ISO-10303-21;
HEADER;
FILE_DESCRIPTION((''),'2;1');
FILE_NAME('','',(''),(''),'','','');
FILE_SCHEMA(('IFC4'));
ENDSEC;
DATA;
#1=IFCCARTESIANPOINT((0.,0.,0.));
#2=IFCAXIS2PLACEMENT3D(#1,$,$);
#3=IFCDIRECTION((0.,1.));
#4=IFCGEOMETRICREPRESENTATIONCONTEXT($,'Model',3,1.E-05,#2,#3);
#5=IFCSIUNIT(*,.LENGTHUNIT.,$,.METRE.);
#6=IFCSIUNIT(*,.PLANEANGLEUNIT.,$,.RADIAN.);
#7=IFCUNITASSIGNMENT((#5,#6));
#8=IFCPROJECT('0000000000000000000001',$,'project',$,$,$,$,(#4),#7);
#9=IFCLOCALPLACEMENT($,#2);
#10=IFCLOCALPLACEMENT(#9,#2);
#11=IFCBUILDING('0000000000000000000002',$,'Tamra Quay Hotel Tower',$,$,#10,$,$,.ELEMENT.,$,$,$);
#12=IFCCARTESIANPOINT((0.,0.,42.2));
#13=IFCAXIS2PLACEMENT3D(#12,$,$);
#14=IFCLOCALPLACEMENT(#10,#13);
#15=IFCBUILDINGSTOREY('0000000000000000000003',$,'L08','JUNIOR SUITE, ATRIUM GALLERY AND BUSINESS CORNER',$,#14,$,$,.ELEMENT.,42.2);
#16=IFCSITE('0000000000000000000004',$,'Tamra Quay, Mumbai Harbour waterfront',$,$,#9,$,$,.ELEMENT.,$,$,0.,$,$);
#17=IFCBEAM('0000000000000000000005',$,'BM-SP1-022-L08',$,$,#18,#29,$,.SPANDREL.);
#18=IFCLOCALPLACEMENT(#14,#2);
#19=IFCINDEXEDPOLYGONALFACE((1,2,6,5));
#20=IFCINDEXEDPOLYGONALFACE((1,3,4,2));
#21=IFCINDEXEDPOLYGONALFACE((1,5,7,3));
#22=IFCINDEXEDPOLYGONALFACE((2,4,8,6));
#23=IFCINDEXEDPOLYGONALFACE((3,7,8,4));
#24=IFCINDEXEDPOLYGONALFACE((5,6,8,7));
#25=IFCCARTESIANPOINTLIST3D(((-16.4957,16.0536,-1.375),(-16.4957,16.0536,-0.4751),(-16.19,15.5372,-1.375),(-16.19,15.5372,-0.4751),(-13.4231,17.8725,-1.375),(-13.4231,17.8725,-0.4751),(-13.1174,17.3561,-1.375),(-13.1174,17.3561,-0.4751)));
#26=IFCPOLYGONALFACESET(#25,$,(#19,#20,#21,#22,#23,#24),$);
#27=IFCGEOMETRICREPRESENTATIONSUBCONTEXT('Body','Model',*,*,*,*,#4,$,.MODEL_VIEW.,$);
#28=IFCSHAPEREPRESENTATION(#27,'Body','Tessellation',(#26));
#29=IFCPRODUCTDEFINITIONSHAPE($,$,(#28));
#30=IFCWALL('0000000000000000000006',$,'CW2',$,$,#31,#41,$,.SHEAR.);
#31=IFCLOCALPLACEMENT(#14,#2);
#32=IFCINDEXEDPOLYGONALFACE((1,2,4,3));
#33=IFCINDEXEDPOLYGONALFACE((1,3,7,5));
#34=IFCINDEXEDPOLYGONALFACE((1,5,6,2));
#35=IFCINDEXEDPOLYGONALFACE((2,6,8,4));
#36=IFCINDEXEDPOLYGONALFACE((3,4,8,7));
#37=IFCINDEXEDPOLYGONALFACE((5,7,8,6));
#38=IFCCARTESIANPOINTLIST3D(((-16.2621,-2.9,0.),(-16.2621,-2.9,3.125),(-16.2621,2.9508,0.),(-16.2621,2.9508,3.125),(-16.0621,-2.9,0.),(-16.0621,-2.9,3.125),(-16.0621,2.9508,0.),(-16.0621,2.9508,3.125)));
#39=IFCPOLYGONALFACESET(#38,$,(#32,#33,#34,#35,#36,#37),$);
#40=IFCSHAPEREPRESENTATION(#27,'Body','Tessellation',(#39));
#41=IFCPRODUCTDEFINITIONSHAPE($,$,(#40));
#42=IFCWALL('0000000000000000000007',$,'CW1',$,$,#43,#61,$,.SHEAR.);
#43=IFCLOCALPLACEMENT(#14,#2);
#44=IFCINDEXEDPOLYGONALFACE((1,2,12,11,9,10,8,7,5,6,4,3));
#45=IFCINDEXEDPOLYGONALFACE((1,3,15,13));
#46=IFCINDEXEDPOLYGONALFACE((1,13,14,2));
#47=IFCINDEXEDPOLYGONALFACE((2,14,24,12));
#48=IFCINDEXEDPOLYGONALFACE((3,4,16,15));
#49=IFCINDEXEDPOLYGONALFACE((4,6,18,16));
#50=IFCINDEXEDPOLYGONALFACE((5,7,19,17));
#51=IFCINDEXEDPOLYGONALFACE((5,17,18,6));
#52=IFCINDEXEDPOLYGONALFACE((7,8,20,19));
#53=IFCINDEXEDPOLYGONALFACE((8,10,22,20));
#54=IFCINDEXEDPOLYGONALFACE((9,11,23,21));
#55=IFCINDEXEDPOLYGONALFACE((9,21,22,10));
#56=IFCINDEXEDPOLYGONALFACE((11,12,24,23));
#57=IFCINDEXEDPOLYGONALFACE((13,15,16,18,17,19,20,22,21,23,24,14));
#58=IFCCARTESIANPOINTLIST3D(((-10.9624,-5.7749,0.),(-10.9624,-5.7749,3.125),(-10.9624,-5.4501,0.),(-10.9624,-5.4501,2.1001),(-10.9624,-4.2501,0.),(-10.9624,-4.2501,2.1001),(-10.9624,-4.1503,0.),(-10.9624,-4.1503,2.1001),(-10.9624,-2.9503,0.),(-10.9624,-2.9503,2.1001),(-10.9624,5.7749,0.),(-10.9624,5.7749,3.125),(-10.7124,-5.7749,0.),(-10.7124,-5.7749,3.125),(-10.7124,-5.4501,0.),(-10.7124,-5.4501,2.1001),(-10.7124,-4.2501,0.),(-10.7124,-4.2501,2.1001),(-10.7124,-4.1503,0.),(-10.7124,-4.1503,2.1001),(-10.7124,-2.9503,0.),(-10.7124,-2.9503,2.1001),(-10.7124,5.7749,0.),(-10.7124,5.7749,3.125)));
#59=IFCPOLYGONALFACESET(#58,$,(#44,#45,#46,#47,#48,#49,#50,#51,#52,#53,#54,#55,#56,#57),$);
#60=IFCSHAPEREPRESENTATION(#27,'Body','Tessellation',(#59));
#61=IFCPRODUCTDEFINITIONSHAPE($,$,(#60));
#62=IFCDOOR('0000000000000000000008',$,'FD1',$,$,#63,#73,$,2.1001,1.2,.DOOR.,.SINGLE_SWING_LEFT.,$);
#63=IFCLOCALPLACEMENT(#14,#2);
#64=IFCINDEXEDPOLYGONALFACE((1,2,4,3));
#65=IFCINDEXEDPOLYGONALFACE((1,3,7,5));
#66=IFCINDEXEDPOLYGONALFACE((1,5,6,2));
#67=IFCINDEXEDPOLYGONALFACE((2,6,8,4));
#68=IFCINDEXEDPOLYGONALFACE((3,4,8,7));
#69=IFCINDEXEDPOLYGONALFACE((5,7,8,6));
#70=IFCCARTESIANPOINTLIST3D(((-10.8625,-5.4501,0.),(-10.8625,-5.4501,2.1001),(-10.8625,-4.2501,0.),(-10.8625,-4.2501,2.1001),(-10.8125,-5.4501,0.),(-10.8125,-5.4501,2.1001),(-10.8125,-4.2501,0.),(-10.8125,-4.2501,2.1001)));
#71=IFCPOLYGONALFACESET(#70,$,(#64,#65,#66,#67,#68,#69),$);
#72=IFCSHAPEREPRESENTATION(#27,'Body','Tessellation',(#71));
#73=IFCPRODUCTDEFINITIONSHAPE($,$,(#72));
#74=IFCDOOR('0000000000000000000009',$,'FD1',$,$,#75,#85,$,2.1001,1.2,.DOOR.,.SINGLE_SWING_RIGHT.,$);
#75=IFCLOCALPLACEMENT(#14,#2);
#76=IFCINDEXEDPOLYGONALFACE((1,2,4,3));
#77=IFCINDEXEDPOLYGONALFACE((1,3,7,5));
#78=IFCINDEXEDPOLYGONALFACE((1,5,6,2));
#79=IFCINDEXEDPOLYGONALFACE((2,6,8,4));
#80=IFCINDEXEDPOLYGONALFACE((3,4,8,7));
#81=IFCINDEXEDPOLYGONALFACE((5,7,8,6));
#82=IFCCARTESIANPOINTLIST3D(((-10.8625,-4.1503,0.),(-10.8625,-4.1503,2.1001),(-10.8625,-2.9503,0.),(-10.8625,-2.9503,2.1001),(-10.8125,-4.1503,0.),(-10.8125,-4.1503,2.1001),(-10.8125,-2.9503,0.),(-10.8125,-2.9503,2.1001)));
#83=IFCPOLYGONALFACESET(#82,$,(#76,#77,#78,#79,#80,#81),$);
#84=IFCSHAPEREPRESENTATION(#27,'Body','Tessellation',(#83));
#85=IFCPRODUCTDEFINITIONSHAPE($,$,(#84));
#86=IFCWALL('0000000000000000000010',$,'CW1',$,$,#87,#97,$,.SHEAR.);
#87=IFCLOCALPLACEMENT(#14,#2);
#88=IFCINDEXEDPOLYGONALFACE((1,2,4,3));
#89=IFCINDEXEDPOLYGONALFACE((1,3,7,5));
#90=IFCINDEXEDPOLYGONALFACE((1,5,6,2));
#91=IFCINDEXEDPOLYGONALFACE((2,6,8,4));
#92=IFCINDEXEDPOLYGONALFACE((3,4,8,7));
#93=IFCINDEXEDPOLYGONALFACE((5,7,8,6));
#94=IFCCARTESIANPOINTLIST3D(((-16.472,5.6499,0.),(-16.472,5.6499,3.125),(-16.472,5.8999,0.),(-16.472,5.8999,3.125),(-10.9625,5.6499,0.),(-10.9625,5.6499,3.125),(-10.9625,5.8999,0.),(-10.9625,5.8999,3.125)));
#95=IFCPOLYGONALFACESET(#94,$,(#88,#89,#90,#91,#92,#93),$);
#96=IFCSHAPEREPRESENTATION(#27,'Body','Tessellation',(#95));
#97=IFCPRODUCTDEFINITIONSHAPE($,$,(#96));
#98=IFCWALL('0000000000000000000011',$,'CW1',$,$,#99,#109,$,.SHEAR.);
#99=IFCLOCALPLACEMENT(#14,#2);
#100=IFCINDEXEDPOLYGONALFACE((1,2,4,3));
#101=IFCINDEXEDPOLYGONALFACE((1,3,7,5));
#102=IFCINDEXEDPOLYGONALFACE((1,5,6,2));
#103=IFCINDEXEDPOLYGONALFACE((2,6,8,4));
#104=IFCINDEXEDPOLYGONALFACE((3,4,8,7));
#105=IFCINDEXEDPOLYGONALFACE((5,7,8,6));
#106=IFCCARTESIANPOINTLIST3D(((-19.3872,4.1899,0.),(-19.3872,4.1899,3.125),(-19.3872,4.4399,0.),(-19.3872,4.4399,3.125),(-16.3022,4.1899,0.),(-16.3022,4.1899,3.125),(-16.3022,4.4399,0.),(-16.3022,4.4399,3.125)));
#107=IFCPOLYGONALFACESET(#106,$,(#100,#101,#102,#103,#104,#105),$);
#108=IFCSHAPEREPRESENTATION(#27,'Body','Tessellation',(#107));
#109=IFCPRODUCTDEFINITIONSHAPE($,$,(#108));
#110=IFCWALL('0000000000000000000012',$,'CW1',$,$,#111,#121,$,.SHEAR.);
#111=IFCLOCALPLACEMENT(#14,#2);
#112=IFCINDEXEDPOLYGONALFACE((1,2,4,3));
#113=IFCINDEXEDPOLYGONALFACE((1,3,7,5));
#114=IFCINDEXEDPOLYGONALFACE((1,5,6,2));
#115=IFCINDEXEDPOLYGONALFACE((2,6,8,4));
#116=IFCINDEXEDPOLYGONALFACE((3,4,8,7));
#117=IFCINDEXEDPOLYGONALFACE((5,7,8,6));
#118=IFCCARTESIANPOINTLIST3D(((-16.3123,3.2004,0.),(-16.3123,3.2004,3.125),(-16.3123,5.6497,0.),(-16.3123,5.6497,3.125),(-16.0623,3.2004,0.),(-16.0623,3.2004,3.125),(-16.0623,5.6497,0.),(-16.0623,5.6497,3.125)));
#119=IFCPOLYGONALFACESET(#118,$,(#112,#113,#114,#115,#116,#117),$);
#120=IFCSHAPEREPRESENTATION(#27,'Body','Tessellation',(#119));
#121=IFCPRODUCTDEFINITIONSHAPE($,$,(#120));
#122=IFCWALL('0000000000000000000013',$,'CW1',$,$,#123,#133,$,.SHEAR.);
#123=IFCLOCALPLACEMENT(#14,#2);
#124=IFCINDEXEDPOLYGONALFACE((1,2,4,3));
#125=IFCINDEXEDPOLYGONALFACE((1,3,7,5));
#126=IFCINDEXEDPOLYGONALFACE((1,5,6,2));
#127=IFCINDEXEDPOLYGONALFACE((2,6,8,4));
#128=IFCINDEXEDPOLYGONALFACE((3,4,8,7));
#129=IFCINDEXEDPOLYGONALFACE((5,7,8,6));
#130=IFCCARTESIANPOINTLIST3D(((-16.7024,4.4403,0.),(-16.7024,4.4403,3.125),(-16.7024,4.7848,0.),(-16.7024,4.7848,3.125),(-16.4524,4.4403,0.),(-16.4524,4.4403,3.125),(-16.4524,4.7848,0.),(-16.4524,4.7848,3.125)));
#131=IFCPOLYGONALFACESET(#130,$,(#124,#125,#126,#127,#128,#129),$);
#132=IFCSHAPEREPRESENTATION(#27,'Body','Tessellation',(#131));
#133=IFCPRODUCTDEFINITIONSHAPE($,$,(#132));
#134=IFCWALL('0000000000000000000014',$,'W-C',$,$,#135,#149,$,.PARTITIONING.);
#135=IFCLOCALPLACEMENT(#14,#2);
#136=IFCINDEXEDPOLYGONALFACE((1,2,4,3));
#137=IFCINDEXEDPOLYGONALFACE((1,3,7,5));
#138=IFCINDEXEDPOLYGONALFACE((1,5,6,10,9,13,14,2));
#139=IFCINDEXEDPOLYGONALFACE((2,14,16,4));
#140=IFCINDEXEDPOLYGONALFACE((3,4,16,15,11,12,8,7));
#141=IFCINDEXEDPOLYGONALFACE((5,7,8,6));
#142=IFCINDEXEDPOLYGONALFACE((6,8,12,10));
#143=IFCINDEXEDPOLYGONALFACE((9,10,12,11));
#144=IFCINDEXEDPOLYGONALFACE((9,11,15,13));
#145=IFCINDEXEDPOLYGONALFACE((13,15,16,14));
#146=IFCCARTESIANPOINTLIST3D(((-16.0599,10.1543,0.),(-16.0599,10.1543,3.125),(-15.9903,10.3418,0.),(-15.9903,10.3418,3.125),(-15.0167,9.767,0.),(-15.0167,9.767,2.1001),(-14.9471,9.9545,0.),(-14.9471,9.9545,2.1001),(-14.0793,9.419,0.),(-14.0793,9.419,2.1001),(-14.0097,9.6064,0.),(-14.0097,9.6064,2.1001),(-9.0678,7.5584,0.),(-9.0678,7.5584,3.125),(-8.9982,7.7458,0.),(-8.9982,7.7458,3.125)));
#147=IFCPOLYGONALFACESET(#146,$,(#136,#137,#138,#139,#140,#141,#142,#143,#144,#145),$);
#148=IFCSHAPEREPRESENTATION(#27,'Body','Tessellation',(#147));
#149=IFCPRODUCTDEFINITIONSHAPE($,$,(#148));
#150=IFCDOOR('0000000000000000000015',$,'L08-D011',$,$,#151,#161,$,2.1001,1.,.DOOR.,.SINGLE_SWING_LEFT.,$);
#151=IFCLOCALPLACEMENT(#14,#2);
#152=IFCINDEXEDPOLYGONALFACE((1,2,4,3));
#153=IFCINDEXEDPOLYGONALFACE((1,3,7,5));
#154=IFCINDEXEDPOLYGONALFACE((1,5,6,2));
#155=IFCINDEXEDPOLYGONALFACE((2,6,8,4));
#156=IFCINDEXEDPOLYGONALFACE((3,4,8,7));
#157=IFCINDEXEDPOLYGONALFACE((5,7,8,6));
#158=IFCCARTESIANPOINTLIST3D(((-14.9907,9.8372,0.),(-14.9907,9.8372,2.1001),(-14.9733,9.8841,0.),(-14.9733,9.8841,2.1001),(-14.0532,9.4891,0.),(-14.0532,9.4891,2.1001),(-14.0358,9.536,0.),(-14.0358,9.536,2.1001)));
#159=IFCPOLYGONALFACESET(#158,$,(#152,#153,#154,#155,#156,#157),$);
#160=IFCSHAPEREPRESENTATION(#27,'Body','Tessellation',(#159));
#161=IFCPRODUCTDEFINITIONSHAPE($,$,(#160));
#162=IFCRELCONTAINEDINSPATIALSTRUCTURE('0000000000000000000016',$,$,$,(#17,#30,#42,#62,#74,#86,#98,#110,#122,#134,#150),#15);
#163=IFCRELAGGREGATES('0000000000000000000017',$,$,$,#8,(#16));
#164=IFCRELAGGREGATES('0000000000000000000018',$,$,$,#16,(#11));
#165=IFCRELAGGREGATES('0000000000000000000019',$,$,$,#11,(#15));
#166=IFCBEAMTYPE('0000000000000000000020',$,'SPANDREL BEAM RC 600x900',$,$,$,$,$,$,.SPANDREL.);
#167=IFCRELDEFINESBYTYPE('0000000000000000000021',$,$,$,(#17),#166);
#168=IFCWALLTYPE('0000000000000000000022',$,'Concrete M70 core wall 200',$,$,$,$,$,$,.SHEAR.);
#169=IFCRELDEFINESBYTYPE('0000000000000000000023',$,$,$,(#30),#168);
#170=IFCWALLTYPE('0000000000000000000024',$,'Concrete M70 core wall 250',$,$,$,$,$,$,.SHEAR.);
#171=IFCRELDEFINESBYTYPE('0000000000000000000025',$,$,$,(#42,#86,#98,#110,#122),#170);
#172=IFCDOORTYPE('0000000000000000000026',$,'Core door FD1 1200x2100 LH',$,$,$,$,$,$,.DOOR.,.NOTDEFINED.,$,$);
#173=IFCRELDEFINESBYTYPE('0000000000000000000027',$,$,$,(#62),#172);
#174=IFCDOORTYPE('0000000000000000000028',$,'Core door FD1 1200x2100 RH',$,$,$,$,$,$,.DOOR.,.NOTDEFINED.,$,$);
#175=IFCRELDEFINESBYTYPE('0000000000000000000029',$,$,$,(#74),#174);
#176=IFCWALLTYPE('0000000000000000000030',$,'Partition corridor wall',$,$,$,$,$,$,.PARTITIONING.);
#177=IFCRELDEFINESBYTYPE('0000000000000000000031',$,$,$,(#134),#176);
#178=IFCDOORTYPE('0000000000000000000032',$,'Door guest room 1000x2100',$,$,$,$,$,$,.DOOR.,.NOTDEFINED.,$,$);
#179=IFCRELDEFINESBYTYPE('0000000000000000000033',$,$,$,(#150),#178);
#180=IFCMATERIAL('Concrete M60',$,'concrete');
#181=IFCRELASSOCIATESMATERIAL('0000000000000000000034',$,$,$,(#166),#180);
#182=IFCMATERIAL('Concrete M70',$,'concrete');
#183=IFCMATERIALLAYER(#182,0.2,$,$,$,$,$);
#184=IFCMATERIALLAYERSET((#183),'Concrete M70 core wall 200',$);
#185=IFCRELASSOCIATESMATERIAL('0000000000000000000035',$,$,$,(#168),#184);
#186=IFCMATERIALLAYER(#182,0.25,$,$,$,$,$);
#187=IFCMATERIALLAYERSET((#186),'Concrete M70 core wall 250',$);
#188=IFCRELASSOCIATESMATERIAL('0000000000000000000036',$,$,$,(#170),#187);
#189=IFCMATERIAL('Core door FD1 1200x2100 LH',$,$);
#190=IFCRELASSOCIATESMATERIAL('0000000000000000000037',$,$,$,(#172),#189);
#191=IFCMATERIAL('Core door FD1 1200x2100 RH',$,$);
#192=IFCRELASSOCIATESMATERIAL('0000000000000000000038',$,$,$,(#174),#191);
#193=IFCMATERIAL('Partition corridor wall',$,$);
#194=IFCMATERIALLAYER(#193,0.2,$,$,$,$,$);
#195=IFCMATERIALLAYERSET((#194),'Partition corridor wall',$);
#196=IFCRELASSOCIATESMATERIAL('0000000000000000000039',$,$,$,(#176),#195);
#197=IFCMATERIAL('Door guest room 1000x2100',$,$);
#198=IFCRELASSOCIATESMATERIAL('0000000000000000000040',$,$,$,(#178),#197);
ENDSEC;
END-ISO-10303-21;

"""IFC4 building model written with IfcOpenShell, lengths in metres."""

from ifc_helpers import new_model, si_unit, direction, frame, frame_2d, origin, origin_2d, place, context, subcontext, project, spatial, rectangle, extrude, material, layer, layer_set, material_profile, profile_set, type_object, element, fill, save


model = new_model("IFC4")

# Units and contexts
model_context = context("Model", 3, precision=1e-05, world=origin(), true_north=direction((0.0, 1.0)))
body_context = subcontext(model_context, "Body", "Model", "MODEL_VIEW")
ifc_project = project(units=[si_unit("LENGTHUNIT", "METRE"), si_unit("PLANEANGLEUNIT", "RADIAN")], contexts=[model_context])

# Site, building, storey
site_placement = place(None, origin())
site = spatial("IfcSite", under=ifc_project, at=site_placement, Name="Tamra Quay, Mumbai Harbour waterfront", CompositionType="ELEMENT", RefElevation=0.0)
building_placement = place(site_placement, origin())
building = spatial("IfcBuilding", under=site, at=building_placement, Name="Tamra Quay Hotel Tower", CompositionType="ELEMENT")
storey_placement = place(building_placement, frame((0.0, 0.0, 42.2)))
storey = spatial("IfcBuildingStorey", under=building, at=storey_placement, Name="L08", Description="JUNIOR SUITE, ATRIUM GALLERY AND BUSINESS CORNER", CompositionType="ELEMENT", Elevation=42.2)

# Beam
ifc_material_1 = material(Name="Concrete M60", Category="concrete")
ifc_material_profile = material_profile(ifc_material_1, rectangle(XDim=0.6001, YDim=0.8999, at=origin_2d()), Name="SPANDREL BEAM RC 600x900")
ifc_profile_set = profile_set([ifc_material_profile], Name="Concrete M60")
beam_type = type_object("IfcBeamType", Name="SPANDREL BEAM RC 600x900", PredefinedType="SPANDREL", material=ifc_profile_set)
beam_placement = place(storey_placement, frame((-13.2703, 17.6143, -0.925), z_axis=(-0.860525, -0.509409, 0.0), x_axis=(0.509409, -0.860525, 0.0)))
element("IfcBeam", 1, at=beam_placement, inside=storey, type_object=beam_type, Name="BM-SP1-022-L08", PredefinedType="SPANDREL", context=body_context, shape_type="SweptSolid", body=[
    extrude(rectangle(XDim=0.6001, YDim=0.8999, at=origin_2d()), origin(), (0.0, 0.0, 1.0), 3.5706),
])

# Wall
ifc_material_2 = material(Name="Concrete M70", Category="concrete")
ifc_layer_1 = layer(ifc_material_2, 0.2)
ifc_layer_set_1 = layer_set([ifc_layer_1], Name="Concrete M70 core wall 200")
wall_type_1 = type_object("IfcWallType", Name="Concrete M70 core wall 200", PredefinedType="SHEAR", material=ifc_layer_set_1)
wall_1_placement = place(storey_placement, frame((-16.1621, 2.9507, 0.0), z_axis=(0.0, 0.0, 1.0), x_axis=(0.0, -1.0, 0.0)))
element("IfcWall", 2, at=wall_1_placement, inside=storey, type_object=wall_type_1, Name="CW2", PredefinedType="SHEAR", context=body_context, shape_type="SweptSolid", body=[
    extrude(rectangle(XDim=5.8508, YDim=0.2, at=frame_2d((2.9253, 0.0))), origin(), (0.0, 0.0, 1.0), 3.125),
])

# Wall, openings, doors
ifc_layer_2 = layer(ifc_material_2, 0.25)
ifc_layer_set_2 = layer_set([ifc_layer_2], Name="Concrete M70 core wall 250")
wall_type_2 = type_object("IfcWallType", Name="Concrete M70 core wall 250", PredefinedType="SHEAR", material=ifc_layer_set_2)
wall_2_placement = place(storey_placement, frame((-10.8374, 5.7749, 0.0), z_axis=(0.0, 0.0, 1.0), x_axis=(0.0, -1.0, 0.0)))
wall_2 = element("IfcWall", 3, at=wall_2_placement, inside=storey, type_object=wall_type_2, Name="CW1", PredefinedType="SHEAR", context=body_context, shape_type="SweptSolid", body=[
    extrude(rectangle(XDim=11.5498, YDim=0.25, at=frame_2d((5.7749, 0.0))), origin(), (0.0, 0.0, 1.0), 3.125),
])
opening_1_placement = place(wall_2_placement, frame((10.0249, 0.0, 0.0)))
opening_1 = element("IfcOpeningElement", 4, at=opening_1_placement, cuts=wall_2, PredefinedType="OPENING", context=body_context, shape_type="SweptSolid", body=[
    extrude(rectangle(XDim=1.2, YDim=2.1001, at=frame_2d((0.6001, 1.05))), frame((0.0, 0.135, 0.0), z_axis=(0.0, -1.0, 0.0), x_axis=(1.0, 0.0, 0.0)), (0.0, 0.0, 1.0), 0.27),
])
opening_2_placement = place(wall_2_placement, frame((8.7251, 0.0, 0.0)))
opening_2 = element("IfcOpeningElement", 5, at=opening_2_placement, cuts=wall_2, PredefinedType="OPENING", context=body_context, shape_type="SweptSolid", body=[
    extrude(rectangle(XDim=1.2, YDim=2.1001, at=frame_2d((0.6001, 1.05))), frame((0.0, 0.135, 0.0), z_axis=(0.0, -1.0, 0.0), x_axis=(1.0, 0.0, 0.0)), (0.0, 0.0, 1.0), 0.27),
])
ifc_material_3 = material(Name="Core door FD1 1200x2100 LH")
door_type_1 = type_object("IfcDoorType", Name="Core door FD1 1200x2100 LH", OperationType="NOTDEFINED", PredefinedType="DOOR", material=ifc_material_3)
door_1_placement = place(opening_1_placement, origin())
door_1 = element("IfcDoor", 6, at=door_1_placement, inside=storey, type_object=door_type_1, Name="FD1", OperationType="SINGLE_SWING_LEFT", OverallHeight=2.1001, OverallWidth=1.2, PredefinedType="DOOR", context=body_context, shape_type="SweptSolid", body=[
    extrude(rectangle(XDim=1.2, YDim=2.1001, at=frame_2d((0.6001, 1.05))), frame((0.0, 0.0249, 0.0), z_axis=(0.0, -1.0, 0.0), x_axis=(1.0, 0.0, 0.0)), (0.0, 0.0, 1.0), 0.05),
])
fill(opening_1, door_1)
ifc_material_4 = material(Name="Core door FD1 1200x2100 RH")
door_type_2 = type_object("IfcDoorType", Name="Core door FD1 1200x2100 RH", OperationType="NOTDEFINED", PredefinedType="DOOR", material=ifc_material_4)
door_2_placement = place(opening_2_placement, origin())
door_2 = element("IfcDoor", 7, at=door_2_placement, inside=storey, type_object=door_type_2, Name="FD1", OperationType="SINGLE_SWING_RIGHT", OverallHeight=2.1001, OverallWidth=1.2, PredefinedType="DOOR", context=body_context, shape_type="SweptSolid", body=[
    extrude(rectangle(XDim=1.2, YDim=2.1001, at=frame_2d((0.6001, 1.05))), frame((0.0, 0.0249, 0.0), z_axis=(0.0, -1.0, 0.0), x_axis=(1.0, 0.0, 0.0)), (0.0, 0.0, 1.0), 0.05),
])
fill(opening_2, door_2)

# Walls
wall_3_placement = place(storey_placement, frame((-16.4722, 5.7749, 0.0), z_axis=(0.0, 0.0, 1.0), x_axis=(1.0, 0.0, 0.0)))
element("IfcWall", 8, at=wall_3_placement, inside=storey, type_object=wall_type_2, Name="CW1", PredefinedType="SHEAR", context=body_context, shape_type="SweptSolid", body=[
    extrude(rectangle(XDim=5.5095, YDim=0.25, at=frame_2d((2.7549, 0.0))), origin(), (0.0, 0.0, 1.0), 3.125),
])
wall_4_placement = place(storey_placement, frame((-16.3022, 4.3149, 0.0), z_axis=(0.0, 0.0, 1.0), x_axis=(-1.0, 0.0, 0.0)))
element("IfcWall", 9, at=wall_4_placement, inside=storey, type_object=wall_type_2, Name="CW1", PredefinedType="SHEAR", context=body_context, shape_type="SweptSolid", body=[
    extrude(rectangle(XDim=3.085, YDim=0.25, at=frame_2d((1.5425, 0.0))), origin(), (0.0, 0.0, 1.0), 3.125),
])
wall_5_placement = place(storey_placement, frame((-16.1873, 3.2004, 0.0), z_axis=(0.0, 0.0, 1.0), x_axis=(0.0, 1.0, 0.0)))
element("IfcWall", 10, at=wall_5_placement, inside=storey, type_object=wall_type_2, Name="CW1", PredefinedType="SHEAR", context=body_context, shape_type="SweptSolid", body=[
    extrude(rectangle(XDim=2.4492, YDim=0.25, at=frame_2d((1.2246, 0.0))), origin(), (0.0, 0.0, 1.0), 3.125),
])
wall_6_placement = place(storey_placement, frame((-16.5774, 4.7849, 0.0), z_axis=(0.0, 0.0, 1.0), x_axis=(0.0, -1.0, 0.0)))
element("IfcWall", 11, at=wall_6_placement, inside=storey, type_object=wall_type_2, Name="CW1", PredefinedType="SHEAR", context=body_context, shape_type="SweptSolid", body=[
    extrude(rectangle(XDim=0.3445, YDim=0.25, at=frame_2d((0.1724, 0.0))), origin(), (0.0, 0.0, 1.0), 3.125),
])

# Wall, opening, door
ifc_material_5 = material(Name="Partition corridor wall")
ifc_layer_3 = layer(ifc_material_5, 0.2)
ifc_layer_set_3 = layer_set([ifc_layer_3], Name="Partition corridor wall")
wall_type_3 = type_object("IfcWallType", Name="Partition corridor wall", PredefinedType="PARTITIONING", material=ifc_layer_set_3)
wall_7_placement = place(storey_placement, frame((-16.0251, 10.248, 0.0), z_axis=(0.0, 0.0, 1.0), x_axis=(0.937476, -0.348051, 0.0)))
wall_7 = element("IfcWall", 12, at=wall_7_placement, inside=storey, type_object=wall_type_3, Name="W-C", PredefinedType="PARTITIONING", context=body_context, shape_type="SweptSolid", body=[
    extrude(rectangle(XDim=7.4585, YDim=0.2, at=frame_2d((3.7292, 0.0))), origin(), (0.0, 0.0, 1.0), 3.125),
])
opening_3_placement = place(wall_7_placement, frame((1.1128, 0.0, 0.0)))
opening_3 = element("IfcOpeningElement", 13, at=opening_3_placement, cuts=wall_7, PredefinedType="OPENING", context=body_context, shape_type="SweptSolid", body=[
    extrude(rectangle(XDim=1.0, YDim=2.1001, at=frame_2d((0.5, 1.05))), frame((0.0, 0.1099, 0.0), z_axis=(0.0, -1.0, 0.0), x_axis=(1.0, 0.0, 0.0)), (0.0, 0.0, 1.0), 0.22),
])
ifc_material_6 = material(Name="Door guest room 1000x2100")
door_type_3 = type_object("IfcDoorType", Name="Door guest room 1000x2100", OperationType="NOTDEFINED", PredefinedType="DOOR", material=ifc_material_6)
door_3_placement = place(opening_3_placement, origin())
door_3 = element("IfcDoor", 14, at=door_3_placement, inside=storey, type_object=door_type_3, Name="L08-D011", OperationType="SINGLE_SWING_LEFT", OverallHeight=2.1001, OverallWidth=1.0, PredefinedType="DOOR", context=body_context, shape_type="SweptSolid", body=[
    extrude(rectangle(XDim=1.0, YDim=2.1001, at=frame_2d((0.5, 1.05))), frame((0.0, 0.0249, 0.0), z_axis=(0.0, -1.0, 0.0), x_axis=(1.0, 0.0, 0.0)), (0.0, 0.0, 1.0), 0.05),
])
fill(opening_3, door_3)

save(model, "model.ifc")
